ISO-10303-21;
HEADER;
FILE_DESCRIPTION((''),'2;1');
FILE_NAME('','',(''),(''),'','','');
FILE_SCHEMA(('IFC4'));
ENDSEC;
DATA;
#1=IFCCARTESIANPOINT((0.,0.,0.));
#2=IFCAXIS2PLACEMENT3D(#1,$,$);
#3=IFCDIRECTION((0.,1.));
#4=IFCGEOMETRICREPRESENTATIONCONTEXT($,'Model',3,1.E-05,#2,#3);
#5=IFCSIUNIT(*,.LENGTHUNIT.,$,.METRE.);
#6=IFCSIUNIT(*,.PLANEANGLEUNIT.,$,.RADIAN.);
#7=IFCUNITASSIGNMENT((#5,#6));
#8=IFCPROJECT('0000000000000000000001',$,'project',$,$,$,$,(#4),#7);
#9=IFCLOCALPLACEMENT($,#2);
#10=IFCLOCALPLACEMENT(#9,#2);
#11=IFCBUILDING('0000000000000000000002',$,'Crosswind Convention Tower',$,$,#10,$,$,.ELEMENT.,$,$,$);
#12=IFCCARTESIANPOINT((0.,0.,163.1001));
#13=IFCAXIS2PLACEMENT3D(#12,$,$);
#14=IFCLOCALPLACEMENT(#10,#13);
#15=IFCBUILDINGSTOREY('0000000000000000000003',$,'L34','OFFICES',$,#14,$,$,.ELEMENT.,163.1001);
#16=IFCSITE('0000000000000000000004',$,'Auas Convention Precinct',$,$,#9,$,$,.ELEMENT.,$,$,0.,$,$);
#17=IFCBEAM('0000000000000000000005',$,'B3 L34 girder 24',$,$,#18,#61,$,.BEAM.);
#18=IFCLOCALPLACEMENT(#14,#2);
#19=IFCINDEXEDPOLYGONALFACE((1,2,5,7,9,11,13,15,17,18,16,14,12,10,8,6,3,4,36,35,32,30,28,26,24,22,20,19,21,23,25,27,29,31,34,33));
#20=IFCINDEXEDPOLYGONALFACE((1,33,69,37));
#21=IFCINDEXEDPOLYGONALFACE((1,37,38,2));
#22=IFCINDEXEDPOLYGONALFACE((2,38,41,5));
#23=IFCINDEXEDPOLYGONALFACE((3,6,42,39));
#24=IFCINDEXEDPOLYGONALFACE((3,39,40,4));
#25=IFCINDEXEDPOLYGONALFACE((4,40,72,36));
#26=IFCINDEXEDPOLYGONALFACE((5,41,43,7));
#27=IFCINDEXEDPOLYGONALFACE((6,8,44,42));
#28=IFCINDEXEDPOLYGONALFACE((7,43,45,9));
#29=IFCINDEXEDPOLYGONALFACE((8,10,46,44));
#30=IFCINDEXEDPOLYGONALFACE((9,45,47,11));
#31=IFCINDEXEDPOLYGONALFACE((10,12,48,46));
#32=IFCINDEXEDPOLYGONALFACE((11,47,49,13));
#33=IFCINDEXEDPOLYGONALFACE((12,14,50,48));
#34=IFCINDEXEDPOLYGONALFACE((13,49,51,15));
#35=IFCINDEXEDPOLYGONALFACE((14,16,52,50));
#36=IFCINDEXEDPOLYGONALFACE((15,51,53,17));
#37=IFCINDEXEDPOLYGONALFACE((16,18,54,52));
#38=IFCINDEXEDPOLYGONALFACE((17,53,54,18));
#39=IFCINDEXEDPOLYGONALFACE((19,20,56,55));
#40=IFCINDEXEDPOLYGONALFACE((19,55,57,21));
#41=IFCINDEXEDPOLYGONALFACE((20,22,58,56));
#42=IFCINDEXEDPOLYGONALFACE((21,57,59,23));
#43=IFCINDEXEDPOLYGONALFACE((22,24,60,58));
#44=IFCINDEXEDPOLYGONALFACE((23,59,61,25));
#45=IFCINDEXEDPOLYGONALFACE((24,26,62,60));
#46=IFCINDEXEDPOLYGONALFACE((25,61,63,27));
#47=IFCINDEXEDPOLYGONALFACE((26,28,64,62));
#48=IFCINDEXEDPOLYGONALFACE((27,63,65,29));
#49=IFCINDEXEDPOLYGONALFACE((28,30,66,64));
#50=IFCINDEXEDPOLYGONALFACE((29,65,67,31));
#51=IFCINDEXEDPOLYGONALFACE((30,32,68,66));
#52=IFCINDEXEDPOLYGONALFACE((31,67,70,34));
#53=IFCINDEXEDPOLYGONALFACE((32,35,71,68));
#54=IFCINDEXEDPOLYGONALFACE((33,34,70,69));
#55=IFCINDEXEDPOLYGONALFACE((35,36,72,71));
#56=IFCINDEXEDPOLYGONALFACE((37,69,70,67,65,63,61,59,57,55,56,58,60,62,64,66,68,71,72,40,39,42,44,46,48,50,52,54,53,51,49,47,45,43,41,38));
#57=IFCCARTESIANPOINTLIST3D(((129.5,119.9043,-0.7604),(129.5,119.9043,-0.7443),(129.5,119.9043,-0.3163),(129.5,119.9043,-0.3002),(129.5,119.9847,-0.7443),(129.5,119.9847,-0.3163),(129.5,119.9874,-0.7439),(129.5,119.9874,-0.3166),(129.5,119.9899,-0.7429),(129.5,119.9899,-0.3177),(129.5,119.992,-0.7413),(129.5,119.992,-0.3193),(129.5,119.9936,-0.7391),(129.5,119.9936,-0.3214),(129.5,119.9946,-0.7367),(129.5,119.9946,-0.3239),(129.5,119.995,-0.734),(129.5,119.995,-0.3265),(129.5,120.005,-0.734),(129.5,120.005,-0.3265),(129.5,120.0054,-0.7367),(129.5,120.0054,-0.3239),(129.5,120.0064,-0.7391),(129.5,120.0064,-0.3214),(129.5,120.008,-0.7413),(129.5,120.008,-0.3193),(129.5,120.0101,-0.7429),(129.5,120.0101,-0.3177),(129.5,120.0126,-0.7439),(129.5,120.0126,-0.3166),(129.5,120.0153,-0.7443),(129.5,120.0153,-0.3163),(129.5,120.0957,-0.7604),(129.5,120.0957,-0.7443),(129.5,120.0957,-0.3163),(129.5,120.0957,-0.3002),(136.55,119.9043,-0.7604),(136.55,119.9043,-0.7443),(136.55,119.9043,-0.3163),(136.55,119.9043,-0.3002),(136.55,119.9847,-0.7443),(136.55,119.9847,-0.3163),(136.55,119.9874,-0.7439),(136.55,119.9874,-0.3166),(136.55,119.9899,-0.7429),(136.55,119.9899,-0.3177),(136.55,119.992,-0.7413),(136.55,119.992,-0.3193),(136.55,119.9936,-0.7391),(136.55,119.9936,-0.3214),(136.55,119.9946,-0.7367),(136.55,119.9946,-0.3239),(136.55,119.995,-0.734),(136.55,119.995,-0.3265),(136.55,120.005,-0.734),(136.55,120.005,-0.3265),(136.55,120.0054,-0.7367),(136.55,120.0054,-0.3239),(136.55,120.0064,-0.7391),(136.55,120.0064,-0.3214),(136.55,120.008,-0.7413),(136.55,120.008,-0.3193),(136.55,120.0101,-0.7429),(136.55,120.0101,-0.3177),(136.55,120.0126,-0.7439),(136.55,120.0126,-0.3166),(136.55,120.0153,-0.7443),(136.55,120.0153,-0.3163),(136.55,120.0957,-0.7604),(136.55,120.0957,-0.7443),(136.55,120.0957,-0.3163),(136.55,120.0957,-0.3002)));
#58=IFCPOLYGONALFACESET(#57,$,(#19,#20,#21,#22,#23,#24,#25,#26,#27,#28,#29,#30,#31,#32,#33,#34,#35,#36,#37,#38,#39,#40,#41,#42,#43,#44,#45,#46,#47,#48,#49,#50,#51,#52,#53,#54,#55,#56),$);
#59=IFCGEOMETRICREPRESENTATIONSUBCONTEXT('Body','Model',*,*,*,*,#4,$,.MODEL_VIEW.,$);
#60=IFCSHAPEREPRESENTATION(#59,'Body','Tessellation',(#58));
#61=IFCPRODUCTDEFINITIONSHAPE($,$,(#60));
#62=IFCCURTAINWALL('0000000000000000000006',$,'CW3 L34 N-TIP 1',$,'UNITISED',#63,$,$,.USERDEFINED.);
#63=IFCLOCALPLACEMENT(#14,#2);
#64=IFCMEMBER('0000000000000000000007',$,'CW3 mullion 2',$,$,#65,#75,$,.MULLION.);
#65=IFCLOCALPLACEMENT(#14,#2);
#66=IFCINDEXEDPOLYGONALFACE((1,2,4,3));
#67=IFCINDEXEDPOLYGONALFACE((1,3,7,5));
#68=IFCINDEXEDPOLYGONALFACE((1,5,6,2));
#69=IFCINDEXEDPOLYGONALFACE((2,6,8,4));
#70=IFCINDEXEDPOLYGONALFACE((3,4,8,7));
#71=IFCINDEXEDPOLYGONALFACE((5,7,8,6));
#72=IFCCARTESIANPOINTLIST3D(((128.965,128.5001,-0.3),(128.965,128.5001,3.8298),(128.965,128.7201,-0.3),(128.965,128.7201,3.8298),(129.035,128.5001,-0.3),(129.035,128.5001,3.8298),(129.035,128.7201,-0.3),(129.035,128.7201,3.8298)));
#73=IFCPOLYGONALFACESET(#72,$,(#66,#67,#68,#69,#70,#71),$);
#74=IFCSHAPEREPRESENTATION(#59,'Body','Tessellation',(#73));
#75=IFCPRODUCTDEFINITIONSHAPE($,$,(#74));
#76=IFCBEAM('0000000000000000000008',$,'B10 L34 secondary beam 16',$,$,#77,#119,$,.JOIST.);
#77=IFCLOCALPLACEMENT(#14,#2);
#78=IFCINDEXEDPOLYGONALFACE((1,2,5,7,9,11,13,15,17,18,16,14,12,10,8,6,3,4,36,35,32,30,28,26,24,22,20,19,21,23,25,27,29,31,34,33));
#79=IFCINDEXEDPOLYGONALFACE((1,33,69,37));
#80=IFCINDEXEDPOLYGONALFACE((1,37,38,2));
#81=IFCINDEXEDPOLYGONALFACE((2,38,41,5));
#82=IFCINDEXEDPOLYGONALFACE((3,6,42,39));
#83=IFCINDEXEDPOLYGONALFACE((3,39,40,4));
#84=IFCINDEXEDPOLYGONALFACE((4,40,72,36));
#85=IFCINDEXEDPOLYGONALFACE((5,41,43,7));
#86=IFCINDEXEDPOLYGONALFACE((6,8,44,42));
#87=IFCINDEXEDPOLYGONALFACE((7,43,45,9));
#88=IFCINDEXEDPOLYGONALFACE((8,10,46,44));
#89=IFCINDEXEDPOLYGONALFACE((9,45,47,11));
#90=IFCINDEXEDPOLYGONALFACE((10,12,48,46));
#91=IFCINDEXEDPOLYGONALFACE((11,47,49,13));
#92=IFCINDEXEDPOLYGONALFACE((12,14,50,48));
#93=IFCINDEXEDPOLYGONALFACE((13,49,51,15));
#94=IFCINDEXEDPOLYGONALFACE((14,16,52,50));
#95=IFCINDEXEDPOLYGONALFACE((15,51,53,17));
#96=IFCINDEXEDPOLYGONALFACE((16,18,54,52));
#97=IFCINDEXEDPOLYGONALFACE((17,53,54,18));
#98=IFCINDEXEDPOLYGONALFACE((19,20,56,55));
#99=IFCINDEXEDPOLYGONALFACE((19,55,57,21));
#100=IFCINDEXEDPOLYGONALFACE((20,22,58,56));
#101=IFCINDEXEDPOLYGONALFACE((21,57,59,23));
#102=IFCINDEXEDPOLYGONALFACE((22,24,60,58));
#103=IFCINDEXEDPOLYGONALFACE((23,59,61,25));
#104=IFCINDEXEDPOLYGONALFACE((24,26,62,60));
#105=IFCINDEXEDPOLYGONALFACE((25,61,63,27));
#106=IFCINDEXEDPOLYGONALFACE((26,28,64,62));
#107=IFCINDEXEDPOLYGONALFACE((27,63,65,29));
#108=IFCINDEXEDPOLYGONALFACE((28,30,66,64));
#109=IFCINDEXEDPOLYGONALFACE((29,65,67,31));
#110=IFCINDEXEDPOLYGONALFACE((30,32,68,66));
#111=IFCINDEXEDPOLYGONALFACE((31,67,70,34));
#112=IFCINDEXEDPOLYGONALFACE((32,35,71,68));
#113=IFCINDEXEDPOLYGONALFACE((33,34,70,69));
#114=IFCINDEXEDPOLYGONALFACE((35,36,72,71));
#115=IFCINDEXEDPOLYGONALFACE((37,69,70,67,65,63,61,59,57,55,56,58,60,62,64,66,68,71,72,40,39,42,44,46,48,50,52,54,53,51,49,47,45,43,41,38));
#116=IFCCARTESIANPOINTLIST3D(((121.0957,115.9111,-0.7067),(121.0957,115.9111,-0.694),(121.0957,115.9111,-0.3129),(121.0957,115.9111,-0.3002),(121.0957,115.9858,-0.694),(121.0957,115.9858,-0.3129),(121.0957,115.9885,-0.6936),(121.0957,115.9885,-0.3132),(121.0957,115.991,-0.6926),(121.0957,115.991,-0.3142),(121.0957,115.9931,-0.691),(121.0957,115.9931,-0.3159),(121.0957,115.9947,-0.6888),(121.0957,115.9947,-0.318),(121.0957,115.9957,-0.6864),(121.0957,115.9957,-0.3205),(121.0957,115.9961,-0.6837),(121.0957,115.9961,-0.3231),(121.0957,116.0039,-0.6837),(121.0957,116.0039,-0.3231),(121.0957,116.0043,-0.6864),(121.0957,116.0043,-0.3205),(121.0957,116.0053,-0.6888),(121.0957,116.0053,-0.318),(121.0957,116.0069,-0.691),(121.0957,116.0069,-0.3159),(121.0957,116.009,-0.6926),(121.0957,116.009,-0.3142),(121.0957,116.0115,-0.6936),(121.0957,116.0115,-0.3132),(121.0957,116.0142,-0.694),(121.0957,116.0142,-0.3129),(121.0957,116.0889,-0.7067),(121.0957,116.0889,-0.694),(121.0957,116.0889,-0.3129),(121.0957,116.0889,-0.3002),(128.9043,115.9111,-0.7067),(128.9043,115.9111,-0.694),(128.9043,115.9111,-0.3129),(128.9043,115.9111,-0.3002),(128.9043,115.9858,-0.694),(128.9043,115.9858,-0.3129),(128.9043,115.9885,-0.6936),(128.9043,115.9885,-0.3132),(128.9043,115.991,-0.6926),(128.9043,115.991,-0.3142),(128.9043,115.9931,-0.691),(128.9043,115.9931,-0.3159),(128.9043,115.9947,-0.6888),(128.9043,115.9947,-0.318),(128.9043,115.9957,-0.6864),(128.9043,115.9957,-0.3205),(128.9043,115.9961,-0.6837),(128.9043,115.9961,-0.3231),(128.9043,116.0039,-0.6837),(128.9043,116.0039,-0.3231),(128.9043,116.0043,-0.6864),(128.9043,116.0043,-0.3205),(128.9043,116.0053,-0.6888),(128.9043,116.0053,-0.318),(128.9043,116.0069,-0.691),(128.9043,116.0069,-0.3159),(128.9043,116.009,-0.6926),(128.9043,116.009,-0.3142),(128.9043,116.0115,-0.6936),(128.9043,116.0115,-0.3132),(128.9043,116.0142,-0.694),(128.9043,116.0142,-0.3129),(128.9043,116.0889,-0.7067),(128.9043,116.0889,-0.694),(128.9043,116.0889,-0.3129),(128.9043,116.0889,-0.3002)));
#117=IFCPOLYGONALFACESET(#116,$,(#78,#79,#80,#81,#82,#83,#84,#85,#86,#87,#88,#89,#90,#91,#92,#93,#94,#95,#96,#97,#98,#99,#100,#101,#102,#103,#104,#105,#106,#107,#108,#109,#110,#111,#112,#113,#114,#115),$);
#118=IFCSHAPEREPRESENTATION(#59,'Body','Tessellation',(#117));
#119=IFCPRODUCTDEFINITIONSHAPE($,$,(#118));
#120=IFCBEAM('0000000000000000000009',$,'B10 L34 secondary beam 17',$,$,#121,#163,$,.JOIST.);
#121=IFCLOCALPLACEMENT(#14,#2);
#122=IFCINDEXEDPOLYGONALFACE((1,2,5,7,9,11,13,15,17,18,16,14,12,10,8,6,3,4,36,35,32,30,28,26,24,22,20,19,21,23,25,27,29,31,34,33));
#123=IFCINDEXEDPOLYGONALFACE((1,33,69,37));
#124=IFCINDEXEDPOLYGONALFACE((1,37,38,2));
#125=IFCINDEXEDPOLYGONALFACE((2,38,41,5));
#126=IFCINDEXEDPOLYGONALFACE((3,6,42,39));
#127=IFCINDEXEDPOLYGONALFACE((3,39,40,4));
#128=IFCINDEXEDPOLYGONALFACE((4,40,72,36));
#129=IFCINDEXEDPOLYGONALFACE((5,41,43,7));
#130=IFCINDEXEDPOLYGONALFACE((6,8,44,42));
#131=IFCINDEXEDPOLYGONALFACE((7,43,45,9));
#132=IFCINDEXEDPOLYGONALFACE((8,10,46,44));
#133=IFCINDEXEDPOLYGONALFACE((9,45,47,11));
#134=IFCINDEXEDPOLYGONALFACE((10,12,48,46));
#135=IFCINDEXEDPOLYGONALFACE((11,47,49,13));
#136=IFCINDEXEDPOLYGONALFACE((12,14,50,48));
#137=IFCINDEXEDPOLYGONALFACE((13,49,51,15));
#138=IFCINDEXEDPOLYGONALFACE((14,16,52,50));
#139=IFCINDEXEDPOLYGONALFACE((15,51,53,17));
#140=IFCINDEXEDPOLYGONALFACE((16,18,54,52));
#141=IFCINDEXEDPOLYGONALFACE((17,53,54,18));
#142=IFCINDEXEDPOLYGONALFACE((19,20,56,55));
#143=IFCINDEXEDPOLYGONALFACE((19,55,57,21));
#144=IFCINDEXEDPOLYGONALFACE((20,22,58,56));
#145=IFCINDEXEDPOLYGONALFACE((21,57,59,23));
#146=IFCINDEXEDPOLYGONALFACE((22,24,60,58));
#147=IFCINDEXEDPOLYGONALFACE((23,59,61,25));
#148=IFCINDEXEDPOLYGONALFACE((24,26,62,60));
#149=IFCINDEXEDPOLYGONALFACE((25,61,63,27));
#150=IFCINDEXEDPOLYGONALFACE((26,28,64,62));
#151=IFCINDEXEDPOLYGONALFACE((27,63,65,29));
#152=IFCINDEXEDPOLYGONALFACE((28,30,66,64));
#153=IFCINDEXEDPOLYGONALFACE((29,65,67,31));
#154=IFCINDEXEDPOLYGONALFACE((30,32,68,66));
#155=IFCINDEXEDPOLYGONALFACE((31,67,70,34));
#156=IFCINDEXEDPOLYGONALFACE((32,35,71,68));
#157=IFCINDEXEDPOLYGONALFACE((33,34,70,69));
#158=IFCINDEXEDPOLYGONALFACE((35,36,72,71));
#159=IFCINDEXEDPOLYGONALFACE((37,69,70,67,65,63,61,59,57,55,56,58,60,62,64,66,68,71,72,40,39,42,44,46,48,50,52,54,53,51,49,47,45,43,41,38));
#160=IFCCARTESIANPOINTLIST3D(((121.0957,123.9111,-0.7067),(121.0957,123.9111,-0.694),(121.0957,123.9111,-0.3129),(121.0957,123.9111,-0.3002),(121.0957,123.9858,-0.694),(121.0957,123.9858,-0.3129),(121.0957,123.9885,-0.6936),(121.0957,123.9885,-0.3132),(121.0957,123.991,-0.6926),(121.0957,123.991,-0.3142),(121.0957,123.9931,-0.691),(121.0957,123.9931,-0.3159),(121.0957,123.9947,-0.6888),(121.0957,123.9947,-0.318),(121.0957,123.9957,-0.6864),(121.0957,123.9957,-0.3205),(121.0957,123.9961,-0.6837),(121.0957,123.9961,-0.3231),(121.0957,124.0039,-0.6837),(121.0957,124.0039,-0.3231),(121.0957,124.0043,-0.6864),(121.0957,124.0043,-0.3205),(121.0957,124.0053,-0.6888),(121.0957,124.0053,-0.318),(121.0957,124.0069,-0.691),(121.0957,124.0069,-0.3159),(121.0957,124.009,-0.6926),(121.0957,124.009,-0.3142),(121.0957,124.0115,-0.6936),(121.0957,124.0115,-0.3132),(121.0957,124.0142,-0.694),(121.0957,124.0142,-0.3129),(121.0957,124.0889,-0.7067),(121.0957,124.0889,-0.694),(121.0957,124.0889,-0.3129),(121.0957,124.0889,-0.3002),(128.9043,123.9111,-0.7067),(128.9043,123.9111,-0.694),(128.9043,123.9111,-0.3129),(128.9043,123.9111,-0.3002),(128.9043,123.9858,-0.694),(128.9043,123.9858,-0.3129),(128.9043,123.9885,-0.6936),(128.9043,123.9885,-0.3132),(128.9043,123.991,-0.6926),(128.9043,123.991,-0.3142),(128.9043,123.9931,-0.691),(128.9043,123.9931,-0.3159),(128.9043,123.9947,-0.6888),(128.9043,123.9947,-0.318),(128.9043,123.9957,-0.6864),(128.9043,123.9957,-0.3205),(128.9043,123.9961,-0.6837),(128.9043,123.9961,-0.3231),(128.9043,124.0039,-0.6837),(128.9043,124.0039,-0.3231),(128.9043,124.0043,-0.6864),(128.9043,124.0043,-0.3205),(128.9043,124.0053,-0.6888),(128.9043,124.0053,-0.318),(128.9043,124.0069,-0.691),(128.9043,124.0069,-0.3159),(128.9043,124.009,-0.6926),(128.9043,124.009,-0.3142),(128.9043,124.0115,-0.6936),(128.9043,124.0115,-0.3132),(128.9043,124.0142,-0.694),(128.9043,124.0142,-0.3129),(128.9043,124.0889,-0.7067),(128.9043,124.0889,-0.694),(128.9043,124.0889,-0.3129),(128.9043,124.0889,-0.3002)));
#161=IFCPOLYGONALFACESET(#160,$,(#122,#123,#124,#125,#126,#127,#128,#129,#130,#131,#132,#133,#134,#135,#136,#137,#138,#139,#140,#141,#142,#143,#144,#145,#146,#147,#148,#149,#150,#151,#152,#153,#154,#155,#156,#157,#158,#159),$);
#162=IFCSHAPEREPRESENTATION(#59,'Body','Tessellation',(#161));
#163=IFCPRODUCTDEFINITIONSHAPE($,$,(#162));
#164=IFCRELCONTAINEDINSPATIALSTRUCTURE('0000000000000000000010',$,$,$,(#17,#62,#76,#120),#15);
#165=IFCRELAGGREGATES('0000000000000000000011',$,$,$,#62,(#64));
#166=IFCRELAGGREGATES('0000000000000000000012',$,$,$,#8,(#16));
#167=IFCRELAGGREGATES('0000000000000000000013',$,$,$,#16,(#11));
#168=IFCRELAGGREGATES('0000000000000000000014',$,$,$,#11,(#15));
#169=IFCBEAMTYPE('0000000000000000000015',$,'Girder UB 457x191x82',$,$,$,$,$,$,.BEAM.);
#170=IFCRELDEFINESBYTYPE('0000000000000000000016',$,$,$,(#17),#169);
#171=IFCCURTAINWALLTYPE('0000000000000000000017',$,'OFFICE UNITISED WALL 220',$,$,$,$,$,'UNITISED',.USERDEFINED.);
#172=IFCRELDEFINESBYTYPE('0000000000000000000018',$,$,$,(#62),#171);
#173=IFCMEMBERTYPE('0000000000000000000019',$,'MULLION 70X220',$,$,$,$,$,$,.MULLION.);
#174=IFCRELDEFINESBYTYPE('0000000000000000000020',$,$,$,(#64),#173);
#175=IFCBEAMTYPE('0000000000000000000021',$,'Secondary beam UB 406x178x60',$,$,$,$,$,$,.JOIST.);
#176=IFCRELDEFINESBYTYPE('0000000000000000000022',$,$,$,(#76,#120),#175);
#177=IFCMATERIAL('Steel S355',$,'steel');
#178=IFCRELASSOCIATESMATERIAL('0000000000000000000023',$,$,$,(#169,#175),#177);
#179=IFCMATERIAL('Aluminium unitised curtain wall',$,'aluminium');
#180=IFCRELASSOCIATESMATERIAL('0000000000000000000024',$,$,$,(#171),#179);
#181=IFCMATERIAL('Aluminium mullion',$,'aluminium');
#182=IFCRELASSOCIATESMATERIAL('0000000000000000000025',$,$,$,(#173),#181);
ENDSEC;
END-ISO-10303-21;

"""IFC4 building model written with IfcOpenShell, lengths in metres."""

from ifc_helpers import new_model, si_unit, direction, frame, origin, origin_2d, place, context, subcontext, project, spatial, rectangle, i_section, extrude, material, material_profile, profile_set, type_object, element, aggregate, save


model = new_model("IFC4")

# Units and contexts
model_context = context("Model", 3, precision=1e-05, world=origin(), true_north=direction((0.0, 1.0)))
body_context = subcontext(model_context, "Body", "Model", "MODEL_VIEW")
ifc_project = project(units=[si_unit("LENGTHUNIT", "METRE"), si_unit("PLANEANGLEUNIT", "RADIAN")], contexts=[model_context])

# Site, building, storey
site_placement = place(None, origin())
site = spatial("IfcSite", under=ifc_project, at=site_placement, Name="Auas Convention Precinct", CompositionType="ELEMENT", RefElevation=0.0)
building_placement = place(site_placement, origin())
building = spatial("IfcBuilding", under=site, at=building_placement, Name="Crosswind Convention Tower", CompositionType="ELEMENT")
storey_placement = place(building_placement, frame((0.0, 0.0, 163.1001)))
storey = spatial("IfcBuildingStorey", under=building, at=storey_placement, Name="L34", Description="OFFICES", CompositionType="ELEMENT", Elevation=163.1001)

# Beam
ifc_material_1 = material(Name="Steel S355", Category="steel")
ifc_material_profile_1 = material_profile(ifc_material_1, i_section(OverallWidth=0.1914, OverallDepth=0.4602, WebThickness=0.01, FlangeThickness=0.0161, FilletRadius=0.0103, at=origin_2d()), Name="UB 457x191x82")
ifc_profile_set_1 = profile_set([ifc_material_profile_1], Name="Steel S355")
beam_type_1 = type_object("IfcBeamType", Name="Girder UB 457x191x82", PredefinedType="BEAM", material=ifc_profile_set_1)
for number, where, z_axis, x_axis, name in (
    (1, (129.5, 120.0, -0.5303), (1.0, 0.0, 0.0), (0.0, 1.0, 0.0), "B3 L34 girder 24"),
):
    element("IfcBeam", number, at=place(storey_placement, frame(where, z_axis=z_axis, x_axis=x_axis)), inside=storey, type_object=beam_type_1, Name=name, PredefinedType="BEAM", context=body_context, shape_type="SweptSolid", body=[
        extrude(i_section(OverallWidth=0.1914, OverallDepth=0.4602, WebThickness=0.01, FlangeThickness=0.0161, FilletRadius=0.0103, at=origin_2d()), origin(), (0.0, 0.0, 1.0), 7.05),
    ])

# Curtain wall, member
ifc_material_2 = material(Name="Aluminium unitised curtain wall", Category="aluminium")
curtain_wall_type = type_object("IfcCurtainWallType", Name="OFFICE UNITISED WALL 220", ElementType="UNITISED", PredefinedType="USERDEFINED", material=ifc_material_2)
curtain_wall_placement = place(storey_placement, origin())
curtain_wall = element("IfcCurtainWall", 2, at=curtain_wall_placement, inside=storey, type_object=curtain_wall_type, Name="CW3 L34 N-TIP 1", ObjectType="UNITISED", PredefinedType="USERDEFINED")
ifc_material_3 = material(Name="Aluminium mullion", Category="aluminium")
ifc_material_profile_2 = material_profile(ifc_material_3, rectangle(XDim=0.22, YDim=0.0701, at=origin_2d()), Name="AL 220X70")
ifc_profile_set_2 = profile_set([ifc_material_profile_2], Name="Aluminium mullion")
member_type = type_object("IfcMemberType", Name="MULLION 70X220", PredefinedType="MULLION", material=ifc_profile_set_2)
member_placement = place(storey_placement, frame((129.0, 128.6101, -0.3), z_axis=(0.0, 0.0, 1.0), x_axis=(0.0, 1.0, 0.0)))
member = element("IfcMember", 3, at=member_placement, type_object=member_type, Name="CW3 mullion 2", PredefinedType="MULLION", context=body_context, shape_type="SweptSolid", body=[
    extrude(rectangle(XDim=0.22, YDim=0.0701, at=origin_2d()), origin(), (0.0, 0.0, 1.0), 4.1299),
])

# Beams
ifc_material_profile_3 = material_profile(ifc_material_1, i_section(OverallWidth=0.1777, OverallDepth=0.4065, WebThickness=0.0078, FlangeThickness=0.0127, FilletRadius=0.0103, at=origin_2d()), Name="UB 406x178x60")
ifc_profile_set_3 = profile_set([ifc_material_profile_3], Name="Steel S355")
beam_type_2 = type_object("IfcBeamType", Name="Secondary beam UB 406x178x60", PredefinedType="JOIST", material=ifc_profile_set_3)
for number, where, z_axis, x_axis, name in (
    (4, (121.0957, 116.0, -0.5034), (1.0, 0.0, 0.0), (0.0, 1.0, 0.0), "B10 L34 secondary beam 16"),
    (5, (121.0957, 124.0, -0.5034), (1.0, 0.0, 0.0), (0.0, 1.0, 0.0), "B10 L34 secondary beam 17"),
):
    element("IfcBeam", number, at=place(storey_placement, frame(where, z_axis=z_axis, x_axis=x_axis)), inside=storey, type_object=beam_type_2, Name=name, PredefinedType="JOIST", context=body_context, shape_type="SweptSolid", body=[
        extrude(i_section(OverallWidth=0.1777, OverallDepth=0.4065, WebThickness=0.0078, FlangeThickness=0.0127, FilletRadius=0.0103, at=origin_2d()), origin(), (0.0, 0.0, 1.0), 7.8086),
    ])

aggregate(curtain_wall, [member])

save(model, "model.ifc")
